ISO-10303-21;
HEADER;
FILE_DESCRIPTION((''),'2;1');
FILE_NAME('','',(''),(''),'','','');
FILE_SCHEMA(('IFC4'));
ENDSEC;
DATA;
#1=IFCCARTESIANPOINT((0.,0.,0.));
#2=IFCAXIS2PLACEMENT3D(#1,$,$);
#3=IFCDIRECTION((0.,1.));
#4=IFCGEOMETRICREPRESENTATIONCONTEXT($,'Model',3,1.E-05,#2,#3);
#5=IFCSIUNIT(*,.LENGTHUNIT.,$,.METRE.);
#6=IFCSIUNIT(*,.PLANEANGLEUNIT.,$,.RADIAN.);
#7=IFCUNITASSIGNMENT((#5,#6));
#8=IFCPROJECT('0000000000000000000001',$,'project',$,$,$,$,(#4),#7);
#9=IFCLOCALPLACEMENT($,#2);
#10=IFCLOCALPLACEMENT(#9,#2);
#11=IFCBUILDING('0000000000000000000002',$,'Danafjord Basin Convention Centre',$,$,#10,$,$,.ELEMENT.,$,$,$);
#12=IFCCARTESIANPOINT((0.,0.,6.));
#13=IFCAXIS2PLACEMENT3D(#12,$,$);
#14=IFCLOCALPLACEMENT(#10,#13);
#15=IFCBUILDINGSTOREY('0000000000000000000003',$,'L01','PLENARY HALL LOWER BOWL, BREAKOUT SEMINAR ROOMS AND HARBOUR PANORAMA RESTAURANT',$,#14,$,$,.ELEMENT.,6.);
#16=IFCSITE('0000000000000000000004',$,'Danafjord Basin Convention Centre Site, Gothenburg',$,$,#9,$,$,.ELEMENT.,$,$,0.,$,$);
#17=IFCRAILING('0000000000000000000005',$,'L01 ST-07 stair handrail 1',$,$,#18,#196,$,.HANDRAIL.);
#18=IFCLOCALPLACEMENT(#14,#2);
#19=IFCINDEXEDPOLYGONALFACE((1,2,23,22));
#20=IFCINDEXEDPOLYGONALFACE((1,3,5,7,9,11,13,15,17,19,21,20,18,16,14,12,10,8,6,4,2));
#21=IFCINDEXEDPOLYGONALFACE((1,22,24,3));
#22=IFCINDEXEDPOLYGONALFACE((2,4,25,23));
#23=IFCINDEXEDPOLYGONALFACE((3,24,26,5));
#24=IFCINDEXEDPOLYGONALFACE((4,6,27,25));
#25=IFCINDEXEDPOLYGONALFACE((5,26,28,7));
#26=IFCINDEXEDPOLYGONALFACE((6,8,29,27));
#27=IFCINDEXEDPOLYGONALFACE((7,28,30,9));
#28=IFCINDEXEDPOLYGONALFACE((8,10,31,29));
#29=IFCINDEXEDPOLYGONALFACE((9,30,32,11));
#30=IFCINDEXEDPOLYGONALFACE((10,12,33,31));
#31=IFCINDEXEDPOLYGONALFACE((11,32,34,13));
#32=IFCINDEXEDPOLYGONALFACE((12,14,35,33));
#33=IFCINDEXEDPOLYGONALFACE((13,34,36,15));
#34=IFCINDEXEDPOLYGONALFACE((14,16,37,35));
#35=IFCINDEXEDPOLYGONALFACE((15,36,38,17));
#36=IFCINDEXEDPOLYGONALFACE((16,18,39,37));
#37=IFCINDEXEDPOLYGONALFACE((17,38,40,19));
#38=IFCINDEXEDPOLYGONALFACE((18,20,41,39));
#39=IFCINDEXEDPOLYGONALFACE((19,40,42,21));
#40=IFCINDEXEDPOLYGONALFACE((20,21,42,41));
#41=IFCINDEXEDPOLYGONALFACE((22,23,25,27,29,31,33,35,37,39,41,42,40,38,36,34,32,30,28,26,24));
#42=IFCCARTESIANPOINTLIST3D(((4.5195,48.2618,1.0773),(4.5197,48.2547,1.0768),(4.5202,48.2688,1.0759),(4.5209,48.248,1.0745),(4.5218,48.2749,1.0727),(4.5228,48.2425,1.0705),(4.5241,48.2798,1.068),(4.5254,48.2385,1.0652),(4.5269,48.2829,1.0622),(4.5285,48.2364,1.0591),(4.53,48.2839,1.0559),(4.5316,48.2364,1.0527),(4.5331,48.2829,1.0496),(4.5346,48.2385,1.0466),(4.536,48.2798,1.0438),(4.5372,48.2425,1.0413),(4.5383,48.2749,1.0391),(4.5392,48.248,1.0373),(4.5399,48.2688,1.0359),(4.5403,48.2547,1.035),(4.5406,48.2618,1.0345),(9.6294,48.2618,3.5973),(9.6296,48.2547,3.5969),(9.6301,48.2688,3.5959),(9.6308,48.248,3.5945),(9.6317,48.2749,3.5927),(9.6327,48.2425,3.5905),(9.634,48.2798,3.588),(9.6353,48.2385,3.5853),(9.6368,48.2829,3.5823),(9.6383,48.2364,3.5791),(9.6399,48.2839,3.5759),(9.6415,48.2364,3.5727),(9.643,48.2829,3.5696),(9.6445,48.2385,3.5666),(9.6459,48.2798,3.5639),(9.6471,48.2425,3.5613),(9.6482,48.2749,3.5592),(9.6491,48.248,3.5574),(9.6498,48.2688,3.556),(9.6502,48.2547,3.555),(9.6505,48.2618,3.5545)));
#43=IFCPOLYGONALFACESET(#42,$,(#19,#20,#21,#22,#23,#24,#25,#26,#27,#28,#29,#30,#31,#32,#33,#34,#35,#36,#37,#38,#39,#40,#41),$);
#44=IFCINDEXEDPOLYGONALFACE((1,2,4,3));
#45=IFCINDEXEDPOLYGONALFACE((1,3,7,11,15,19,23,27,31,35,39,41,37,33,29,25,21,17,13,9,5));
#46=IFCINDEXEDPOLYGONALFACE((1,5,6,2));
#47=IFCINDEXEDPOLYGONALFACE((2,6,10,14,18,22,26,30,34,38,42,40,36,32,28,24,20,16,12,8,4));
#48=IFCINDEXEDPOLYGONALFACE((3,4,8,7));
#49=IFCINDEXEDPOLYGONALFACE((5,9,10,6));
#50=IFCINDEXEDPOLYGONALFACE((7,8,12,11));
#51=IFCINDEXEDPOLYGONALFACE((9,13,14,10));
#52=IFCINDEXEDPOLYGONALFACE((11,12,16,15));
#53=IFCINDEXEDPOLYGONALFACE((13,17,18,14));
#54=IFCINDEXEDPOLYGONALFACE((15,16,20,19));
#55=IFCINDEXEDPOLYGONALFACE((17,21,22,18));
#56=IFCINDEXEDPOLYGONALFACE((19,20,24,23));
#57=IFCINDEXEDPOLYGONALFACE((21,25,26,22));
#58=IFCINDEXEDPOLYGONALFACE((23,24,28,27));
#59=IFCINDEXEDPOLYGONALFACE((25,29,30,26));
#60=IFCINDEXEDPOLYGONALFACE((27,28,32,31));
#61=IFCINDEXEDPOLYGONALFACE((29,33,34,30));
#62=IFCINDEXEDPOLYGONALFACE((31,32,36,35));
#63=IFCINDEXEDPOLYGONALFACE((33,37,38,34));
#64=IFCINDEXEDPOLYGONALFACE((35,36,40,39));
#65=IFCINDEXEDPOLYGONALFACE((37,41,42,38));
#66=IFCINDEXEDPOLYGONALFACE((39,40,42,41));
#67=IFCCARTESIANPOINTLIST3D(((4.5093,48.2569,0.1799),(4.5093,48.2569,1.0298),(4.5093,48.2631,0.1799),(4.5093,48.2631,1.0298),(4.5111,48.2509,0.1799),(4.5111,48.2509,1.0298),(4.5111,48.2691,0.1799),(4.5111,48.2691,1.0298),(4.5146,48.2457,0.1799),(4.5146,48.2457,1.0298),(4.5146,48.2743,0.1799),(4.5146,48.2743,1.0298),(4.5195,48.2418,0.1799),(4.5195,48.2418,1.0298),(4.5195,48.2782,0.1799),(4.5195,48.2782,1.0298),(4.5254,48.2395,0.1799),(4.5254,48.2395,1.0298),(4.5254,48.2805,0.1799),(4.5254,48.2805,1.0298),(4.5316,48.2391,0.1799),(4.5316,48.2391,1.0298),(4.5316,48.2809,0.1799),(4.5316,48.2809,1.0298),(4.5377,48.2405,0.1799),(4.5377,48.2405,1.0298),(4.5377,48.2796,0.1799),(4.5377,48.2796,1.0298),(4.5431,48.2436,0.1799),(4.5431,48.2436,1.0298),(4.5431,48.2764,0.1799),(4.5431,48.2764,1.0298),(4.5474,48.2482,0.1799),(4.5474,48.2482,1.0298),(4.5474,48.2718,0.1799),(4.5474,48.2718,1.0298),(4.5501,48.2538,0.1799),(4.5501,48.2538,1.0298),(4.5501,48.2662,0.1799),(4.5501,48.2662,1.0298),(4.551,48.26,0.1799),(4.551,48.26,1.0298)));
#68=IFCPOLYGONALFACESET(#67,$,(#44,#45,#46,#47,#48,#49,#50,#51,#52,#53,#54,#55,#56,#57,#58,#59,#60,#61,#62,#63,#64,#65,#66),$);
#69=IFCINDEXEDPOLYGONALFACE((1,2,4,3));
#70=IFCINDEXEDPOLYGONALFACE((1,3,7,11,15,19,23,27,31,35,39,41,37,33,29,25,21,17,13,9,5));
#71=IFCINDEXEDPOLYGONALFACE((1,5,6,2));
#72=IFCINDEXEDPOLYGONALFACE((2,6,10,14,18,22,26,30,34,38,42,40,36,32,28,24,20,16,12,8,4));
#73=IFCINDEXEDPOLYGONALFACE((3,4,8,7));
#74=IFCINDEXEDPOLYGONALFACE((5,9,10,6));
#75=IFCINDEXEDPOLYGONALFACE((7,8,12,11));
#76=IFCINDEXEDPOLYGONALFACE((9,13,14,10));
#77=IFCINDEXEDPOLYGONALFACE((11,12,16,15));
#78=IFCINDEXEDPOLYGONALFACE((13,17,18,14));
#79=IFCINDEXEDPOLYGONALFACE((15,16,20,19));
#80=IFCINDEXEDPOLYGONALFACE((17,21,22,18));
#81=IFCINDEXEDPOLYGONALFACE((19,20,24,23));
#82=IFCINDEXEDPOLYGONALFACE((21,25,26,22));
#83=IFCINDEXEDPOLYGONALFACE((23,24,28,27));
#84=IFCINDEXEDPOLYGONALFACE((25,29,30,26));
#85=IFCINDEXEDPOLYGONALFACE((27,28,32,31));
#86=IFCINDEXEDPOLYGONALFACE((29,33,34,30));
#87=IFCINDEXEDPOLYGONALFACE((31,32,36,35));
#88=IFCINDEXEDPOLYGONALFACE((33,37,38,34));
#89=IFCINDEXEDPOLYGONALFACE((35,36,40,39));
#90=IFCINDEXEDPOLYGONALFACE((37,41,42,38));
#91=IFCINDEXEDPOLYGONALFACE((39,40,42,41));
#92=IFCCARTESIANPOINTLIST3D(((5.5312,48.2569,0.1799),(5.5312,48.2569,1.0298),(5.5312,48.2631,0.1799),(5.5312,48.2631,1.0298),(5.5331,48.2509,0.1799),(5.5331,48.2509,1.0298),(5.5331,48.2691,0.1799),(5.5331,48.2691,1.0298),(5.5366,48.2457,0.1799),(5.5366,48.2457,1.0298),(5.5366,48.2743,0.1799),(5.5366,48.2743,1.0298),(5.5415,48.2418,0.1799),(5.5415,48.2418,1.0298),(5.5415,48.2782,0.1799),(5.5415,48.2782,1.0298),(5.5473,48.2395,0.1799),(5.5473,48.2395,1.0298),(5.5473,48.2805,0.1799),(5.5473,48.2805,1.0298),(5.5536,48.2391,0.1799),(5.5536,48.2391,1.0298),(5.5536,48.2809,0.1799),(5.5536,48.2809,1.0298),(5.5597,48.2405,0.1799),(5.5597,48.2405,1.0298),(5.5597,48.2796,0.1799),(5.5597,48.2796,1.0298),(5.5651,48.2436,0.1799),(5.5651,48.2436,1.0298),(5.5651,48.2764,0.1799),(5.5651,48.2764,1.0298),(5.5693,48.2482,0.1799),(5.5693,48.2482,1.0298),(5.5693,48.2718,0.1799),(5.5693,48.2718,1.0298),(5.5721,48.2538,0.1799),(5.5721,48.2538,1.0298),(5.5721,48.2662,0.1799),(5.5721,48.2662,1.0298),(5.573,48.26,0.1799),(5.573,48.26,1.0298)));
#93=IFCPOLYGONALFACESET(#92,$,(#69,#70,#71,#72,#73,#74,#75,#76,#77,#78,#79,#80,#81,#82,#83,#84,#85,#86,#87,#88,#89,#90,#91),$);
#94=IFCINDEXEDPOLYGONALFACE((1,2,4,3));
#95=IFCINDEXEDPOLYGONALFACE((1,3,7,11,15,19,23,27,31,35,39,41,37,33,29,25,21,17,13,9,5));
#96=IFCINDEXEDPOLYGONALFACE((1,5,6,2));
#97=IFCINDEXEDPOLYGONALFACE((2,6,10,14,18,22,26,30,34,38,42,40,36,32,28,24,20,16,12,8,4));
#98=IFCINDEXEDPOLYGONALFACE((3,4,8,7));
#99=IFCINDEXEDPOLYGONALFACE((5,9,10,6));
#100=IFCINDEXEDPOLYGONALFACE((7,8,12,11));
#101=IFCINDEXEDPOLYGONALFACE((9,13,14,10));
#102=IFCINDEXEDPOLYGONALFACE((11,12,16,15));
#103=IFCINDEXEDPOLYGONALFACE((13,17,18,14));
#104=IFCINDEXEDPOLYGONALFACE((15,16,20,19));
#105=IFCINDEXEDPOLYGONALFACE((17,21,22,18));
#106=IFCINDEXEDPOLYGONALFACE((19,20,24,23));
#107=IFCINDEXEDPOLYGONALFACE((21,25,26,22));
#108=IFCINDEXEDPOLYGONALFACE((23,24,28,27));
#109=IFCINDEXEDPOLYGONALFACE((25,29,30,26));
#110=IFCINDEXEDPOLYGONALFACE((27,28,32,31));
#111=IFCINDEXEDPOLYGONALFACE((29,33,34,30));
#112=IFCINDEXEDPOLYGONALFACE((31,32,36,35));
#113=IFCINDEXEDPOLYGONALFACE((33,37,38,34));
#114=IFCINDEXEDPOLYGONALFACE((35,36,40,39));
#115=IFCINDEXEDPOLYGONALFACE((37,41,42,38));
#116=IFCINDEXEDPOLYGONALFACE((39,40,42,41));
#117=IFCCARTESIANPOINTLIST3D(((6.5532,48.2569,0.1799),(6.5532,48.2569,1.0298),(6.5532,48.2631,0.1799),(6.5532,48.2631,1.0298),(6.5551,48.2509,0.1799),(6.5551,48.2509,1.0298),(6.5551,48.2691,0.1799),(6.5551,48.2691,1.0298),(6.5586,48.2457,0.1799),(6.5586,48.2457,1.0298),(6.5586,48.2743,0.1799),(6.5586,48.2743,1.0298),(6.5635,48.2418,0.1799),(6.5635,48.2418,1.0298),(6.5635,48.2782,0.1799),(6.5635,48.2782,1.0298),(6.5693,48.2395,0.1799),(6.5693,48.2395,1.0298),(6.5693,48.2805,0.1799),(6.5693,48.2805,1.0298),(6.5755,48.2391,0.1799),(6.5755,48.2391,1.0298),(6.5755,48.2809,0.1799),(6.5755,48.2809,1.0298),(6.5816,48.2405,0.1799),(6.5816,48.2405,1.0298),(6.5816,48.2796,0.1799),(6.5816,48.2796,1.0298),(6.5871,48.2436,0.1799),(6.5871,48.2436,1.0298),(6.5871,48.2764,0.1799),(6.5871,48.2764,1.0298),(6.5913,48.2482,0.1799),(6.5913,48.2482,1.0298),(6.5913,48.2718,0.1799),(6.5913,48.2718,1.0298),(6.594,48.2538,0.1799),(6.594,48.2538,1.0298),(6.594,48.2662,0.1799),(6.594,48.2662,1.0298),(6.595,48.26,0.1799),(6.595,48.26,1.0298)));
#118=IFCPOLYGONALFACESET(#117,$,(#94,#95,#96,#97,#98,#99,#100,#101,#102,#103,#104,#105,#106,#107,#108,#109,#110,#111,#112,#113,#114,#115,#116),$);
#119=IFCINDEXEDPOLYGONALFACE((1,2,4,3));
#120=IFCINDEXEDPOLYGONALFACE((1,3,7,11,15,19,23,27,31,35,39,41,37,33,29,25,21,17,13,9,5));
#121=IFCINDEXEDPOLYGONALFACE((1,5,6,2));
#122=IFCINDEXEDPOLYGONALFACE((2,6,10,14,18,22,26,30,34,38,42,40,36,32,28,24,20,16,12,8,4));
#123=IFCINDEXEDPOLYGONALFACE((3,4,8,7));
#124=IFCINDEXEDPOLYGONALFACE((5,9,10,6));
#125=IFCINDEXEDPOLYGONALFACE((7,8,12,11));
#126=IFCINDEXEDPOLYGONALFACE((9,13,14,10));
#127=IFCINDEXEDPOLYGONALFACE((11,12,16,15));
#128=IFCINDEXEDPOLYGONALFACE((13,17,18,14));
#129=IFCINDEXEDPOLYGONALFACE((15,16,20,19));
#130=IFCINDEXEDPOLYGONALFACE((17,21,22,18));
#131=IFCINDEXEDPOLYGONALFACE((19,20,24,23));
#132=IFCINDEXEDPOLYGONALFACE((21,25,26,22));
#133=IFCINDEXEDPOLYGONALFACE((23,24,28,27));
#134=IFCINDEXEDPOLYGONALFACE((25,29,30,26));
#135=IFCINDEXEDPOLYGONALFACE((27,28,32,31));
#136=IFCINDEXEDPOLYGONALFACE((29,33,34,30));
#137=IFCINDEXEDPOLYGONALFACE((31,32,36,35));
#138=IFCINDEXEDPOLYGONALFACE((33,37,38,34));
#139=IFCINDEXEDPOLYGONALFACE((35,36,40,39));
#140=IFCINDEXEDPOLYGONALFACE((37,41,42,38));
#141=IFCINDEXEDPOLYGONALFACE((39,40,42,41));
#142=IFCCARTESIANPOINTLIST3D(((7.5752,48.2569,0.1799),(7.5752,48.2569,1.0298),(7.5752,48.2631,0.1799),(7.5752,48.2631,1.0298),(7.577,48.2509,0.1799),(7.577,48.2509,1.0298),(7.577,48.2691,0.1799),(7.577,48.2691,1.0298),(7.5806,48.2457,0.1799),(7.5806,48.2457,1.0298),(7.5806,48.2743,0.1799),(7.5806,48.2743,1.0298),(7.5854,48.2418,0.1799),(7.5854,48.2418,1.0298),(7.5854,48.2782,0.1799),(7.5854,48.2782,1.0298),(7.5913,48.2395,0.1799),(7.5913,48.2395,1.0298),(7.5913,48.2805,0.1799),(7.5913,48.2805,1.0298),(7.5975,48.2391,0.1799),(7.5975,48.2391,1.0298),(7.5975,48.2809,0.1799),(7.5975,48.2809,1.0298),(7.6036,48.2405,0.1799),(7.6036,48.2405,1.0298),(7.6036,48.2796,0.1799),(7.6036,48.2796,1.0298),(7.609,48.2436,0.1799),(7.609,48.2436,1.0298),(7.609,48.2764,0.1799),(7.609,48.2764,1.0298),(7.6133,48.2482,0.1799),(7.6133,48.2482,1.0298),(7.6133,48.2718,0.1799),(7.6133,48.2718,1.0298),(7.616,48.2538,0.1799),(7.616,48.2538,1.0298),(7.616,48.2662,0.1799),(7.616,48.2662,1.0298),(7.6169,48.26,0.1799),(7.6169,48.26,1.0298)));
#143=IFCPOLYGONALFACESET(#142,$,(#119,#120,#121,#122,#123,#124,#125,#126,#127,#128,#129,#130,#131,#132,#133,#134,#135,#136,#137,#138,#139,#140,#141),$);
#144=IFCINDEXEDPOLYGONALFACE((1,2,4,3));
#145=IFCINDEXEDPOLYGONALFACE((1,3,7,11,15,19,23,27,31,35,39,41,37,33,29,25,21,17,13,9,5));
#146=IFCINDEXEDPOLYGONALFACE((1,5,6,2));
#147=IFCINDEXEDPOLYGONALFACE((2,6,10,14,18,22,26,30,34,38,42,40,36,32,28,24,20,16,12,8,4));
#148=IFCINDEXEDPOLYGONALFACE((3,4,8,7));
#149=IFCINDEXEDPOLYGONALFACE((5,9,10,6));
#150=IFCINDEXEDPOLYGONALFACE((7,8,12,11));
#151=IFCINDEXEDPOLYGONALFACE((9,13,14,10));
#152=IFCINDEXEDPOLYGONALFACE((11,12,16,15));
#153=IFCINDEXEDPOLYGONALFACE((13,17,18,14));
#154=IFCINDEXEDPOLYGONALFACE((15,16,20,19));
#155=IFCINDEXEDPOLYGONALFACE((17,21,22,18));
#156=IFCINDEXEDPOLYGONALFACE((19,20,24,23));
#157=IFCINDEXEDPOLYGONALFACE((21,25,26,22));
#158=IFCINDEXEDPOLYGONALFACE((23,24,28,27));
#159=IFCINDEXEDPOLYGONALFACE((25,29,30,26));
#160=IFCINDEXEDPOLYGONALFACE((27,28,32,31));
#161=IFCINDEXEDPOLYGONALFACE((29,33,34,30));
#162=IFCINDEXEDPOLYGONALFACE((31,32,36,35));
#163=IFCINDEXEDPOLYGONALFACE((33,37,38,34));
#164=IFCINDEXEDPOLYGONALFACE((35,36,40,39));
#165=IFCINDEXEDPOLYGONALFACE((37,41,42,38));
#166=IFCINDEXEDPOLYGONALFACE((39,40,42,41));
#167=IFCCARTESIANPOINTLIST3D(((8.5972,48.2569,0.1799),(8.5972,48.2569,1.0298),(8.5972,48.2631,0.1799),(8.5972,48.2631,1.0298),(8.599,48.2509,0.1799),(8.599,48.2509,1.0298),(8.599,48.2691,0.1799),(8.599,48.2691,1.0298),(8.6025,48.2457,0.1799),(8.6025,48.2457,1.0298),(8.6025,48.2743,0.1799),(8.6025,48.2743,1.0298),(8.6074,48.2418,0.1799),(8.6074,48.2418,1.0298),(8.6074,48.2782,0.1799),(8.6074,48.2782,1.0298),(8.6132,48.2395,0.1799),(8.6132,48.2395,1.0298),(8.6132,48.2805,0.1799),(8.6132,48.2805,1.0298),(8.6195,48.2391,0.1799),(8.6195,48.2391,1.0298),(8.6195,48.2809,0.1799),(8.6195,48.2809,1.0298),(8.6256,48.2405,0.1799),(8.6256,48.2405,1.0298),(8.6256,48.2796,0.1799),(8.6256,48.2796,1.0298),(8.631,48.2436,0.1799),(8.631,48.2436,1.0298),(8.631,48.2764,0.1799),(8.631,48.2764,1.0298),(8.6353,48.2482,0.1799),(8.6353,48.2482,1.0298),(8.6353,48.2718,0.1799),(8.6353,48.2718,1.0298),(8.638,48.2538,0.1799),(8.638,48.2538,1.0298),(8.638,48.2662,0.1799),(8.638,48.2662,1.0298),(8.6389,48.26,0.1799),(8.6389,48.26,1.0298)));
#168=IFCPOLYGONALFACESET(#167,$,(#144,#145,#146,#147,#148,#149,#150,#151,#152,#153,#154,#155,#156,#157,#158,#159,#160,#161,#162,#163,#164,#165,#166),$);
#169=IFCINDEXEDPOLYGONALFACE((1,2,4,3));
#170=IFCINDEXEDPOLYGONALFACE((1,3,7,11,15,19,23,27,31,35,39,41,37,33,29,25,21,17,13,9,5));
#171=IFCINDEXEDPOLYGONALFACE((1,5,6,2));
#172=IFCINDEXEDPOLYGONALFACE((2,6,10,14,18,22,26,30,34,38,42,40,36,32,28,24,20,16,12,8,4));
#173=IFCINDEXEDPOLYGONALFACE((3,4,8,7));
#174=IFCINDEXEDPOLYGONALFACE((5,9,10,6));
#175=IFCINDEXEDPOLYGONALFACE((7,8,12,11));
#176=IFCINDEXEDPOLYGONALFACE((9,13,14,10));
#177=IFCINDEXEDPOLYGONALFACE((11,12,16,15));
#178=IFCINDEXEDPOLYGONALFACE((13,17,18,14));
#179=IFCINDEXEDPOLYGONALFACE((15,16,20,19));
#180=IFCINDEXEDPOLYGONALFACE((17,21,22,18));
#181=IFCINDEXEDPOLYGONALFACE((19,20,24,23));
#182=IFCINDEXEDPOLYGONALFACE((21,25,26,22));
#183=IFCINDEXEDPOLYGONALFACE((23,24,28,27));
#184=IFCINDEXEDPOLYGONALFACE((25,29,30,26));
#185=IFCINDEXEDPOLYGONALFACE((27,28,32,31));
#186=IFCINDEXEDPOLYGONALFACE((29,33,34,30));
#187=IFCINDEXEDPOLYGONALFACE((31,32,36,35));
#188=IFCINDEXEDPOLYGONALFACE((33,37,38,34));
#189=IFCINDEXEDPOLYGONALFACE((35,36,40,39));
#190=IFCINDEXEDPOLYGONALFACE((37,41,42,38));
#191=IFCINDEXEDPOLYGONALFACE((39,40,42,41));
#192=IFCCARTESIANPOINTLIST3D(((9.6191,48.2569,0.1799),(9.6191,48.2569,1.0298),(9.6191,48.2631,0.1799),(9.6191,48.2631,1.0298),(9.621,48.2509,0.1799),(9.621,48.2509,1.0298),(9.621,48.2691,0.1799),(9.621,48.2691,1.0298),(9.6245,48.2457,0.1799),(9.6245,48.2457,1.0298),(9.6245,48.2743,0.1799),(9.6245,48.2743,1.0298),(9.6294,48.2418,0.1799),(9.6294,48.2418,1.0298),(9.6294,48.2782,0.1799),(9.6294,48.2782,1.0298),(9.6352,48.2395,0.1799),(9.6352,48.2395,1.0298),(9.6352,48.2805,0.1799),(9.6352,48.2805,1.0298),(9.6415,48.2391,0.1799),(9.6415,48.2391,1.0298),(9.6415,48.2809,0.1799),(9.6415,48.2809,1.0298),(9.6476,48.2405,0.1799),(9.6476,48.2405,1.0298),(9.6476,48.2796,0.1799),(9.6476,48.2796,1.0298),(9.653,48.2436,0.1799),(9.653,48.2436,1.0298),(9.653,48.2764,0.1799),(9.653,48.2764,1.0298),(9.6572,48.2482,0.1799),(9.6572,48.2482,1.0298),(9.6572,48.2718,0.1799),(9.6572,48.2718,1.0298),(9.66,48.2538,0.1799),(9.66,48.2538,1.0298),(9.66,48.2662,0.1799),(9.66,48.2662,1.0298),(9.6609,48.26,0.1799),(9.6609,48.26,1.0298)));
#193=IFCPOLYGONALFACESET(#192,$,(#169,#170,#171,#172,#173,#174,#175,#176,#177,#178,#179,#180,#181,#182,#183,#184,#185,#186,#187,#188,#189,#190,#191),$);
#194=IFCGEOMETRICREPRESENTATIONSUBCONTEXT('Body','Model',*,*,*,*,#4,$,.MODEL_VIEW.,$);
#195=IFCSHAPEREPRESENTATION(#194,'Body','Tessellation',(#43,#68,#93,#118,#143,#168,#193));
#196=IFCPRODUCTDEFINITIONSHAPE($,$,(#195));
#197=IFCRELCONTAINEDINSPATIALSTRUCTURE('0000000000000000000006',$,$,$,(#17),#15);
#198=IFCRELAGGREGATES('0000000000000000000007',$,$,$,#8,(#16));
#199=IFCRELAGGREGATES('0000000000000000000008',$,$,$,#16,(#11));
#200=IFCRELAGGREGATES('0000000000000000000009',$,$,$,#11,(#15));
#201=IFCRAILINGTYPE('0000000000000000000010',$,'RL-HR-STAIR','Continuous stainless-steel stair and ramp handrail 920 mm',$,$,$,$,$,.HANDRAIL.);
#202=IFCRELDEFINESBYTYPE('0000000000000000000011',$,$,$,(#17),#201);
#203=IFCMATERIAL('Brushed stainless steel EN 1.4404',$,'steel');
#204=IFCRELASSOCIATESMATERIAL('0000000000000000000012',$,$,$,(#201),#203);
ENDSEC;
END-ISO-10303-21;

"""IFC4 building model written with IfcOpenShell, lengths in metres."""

from ifc_helpers import new_model, si_unit, direction, frame, origin, origin_2d, place, context, subcontext, project, spatial, circle, extrude, material, type_object, element, save


model = new_model("IFC4")

# Units and contexts
model_context = context("Model", 3, precision=1e-05, world=origin(), true_north=direction((0.0, 1.0)))
body_context = subcontext(model_context, "Body", "Model", "MODEL_VIEW")
ifc_project = project(units=[si_unit("LENGTHUNIT", "METRE"), si_unit("PLANEANGLEUNIT", "RADIAN")], contexts=[model_context])

# Site, building, storey
site_placement = place(None, origin())
site = spatial("IfcSite", under=ifc_project, at=site_placement, Name="Danafjord Basin Convention Centre Site, Gothenburg", CompositionType="ELEMENT", RefElevation=0.0)
building_placement = place(site_placement, origin())
building = spatial("IfcBuilding", under=site, at=building_placement, Name="Danafjord Basin Convention Centre", CompositionType="ELEMENT")
storey_placement = place(building_placement, frame((0.0, 0.0, 6.0)))
storey = spatial("IfcBuildingStorey", under=building, at=storey_placement, Name="L01", Description="PLENARY HALL LOWER BOWL, BREAKOUT SEMINAR ROOMS AND HARBOUR PANORAMA RESTAURANT", CompositionType="ELEMENT", Elevation=6.0)

# Railing
ifc_material_1 = material(Name="Brushed stainless steel EN 1.4404", Category="steel")
railing_type_1 = type_object("IfcRailingType", Name="RL-HR-STAIR", Description="Continuous stainless-steel stair and ramp handrail 920 mm", PredefinedType="HANDRAIL", material=ifc_material_1)
railing_1_placement = place(storey_placement, frame((4.53, 48.26, 0.1799)))
element("IfcRailing", 1, at=railing_1_placement, inside=storey, type_object=railing_type_1, Name="L01 ST-07 stair handrail 1", PredefinedType="HANDRAIL", context=body_context, shape_type="SweptSolid", body=[
    extrude(circle(Radius=0.0239, at=origin_2d()), frame((0.0, 0.0, 0.876), z_axis=(0.896865, 0.0, 0.442305), x_axis=(0.0, 1.0, 0.0)), (0.0, 0.0, 1.0), 5.6975),
    extrude(circle(Radius=0.021, at=origin_2d()), origin(), (0.0, 0.0, 1.0), 0.8499),
    extrude(circle(Radius=0.021, at=origin_2d()), frame((1.022, 0.0, 0.0)), (0.0, 0.0, 1.0), 0.8499),
    extrude(circle(Radius=0.021, at=origin_2d()), frame((2.0439, 0.0, 0.0)), (0.0, 0.0, 1.0), 0.8499),
    extrude(circle(Radius=0.021, at=origin_2d()), frame((3.0659, 0.0, 0.0)), (0.0, 0.0, 1.0), 0.8499),
    extrude(circle(Radius=0.021, at=origin_2d()), frame((4.0879, 0.0, 0.0)), (0.0, 0.0, 1.0), 0.8499),
    extrude(circle(Radius=0.021, at=origin_2d()), frame((5.1099, 0.0, 0.0)), (0.0, 0.0, 1.0), 0.8499),
])

save(model, "model.ifc")
